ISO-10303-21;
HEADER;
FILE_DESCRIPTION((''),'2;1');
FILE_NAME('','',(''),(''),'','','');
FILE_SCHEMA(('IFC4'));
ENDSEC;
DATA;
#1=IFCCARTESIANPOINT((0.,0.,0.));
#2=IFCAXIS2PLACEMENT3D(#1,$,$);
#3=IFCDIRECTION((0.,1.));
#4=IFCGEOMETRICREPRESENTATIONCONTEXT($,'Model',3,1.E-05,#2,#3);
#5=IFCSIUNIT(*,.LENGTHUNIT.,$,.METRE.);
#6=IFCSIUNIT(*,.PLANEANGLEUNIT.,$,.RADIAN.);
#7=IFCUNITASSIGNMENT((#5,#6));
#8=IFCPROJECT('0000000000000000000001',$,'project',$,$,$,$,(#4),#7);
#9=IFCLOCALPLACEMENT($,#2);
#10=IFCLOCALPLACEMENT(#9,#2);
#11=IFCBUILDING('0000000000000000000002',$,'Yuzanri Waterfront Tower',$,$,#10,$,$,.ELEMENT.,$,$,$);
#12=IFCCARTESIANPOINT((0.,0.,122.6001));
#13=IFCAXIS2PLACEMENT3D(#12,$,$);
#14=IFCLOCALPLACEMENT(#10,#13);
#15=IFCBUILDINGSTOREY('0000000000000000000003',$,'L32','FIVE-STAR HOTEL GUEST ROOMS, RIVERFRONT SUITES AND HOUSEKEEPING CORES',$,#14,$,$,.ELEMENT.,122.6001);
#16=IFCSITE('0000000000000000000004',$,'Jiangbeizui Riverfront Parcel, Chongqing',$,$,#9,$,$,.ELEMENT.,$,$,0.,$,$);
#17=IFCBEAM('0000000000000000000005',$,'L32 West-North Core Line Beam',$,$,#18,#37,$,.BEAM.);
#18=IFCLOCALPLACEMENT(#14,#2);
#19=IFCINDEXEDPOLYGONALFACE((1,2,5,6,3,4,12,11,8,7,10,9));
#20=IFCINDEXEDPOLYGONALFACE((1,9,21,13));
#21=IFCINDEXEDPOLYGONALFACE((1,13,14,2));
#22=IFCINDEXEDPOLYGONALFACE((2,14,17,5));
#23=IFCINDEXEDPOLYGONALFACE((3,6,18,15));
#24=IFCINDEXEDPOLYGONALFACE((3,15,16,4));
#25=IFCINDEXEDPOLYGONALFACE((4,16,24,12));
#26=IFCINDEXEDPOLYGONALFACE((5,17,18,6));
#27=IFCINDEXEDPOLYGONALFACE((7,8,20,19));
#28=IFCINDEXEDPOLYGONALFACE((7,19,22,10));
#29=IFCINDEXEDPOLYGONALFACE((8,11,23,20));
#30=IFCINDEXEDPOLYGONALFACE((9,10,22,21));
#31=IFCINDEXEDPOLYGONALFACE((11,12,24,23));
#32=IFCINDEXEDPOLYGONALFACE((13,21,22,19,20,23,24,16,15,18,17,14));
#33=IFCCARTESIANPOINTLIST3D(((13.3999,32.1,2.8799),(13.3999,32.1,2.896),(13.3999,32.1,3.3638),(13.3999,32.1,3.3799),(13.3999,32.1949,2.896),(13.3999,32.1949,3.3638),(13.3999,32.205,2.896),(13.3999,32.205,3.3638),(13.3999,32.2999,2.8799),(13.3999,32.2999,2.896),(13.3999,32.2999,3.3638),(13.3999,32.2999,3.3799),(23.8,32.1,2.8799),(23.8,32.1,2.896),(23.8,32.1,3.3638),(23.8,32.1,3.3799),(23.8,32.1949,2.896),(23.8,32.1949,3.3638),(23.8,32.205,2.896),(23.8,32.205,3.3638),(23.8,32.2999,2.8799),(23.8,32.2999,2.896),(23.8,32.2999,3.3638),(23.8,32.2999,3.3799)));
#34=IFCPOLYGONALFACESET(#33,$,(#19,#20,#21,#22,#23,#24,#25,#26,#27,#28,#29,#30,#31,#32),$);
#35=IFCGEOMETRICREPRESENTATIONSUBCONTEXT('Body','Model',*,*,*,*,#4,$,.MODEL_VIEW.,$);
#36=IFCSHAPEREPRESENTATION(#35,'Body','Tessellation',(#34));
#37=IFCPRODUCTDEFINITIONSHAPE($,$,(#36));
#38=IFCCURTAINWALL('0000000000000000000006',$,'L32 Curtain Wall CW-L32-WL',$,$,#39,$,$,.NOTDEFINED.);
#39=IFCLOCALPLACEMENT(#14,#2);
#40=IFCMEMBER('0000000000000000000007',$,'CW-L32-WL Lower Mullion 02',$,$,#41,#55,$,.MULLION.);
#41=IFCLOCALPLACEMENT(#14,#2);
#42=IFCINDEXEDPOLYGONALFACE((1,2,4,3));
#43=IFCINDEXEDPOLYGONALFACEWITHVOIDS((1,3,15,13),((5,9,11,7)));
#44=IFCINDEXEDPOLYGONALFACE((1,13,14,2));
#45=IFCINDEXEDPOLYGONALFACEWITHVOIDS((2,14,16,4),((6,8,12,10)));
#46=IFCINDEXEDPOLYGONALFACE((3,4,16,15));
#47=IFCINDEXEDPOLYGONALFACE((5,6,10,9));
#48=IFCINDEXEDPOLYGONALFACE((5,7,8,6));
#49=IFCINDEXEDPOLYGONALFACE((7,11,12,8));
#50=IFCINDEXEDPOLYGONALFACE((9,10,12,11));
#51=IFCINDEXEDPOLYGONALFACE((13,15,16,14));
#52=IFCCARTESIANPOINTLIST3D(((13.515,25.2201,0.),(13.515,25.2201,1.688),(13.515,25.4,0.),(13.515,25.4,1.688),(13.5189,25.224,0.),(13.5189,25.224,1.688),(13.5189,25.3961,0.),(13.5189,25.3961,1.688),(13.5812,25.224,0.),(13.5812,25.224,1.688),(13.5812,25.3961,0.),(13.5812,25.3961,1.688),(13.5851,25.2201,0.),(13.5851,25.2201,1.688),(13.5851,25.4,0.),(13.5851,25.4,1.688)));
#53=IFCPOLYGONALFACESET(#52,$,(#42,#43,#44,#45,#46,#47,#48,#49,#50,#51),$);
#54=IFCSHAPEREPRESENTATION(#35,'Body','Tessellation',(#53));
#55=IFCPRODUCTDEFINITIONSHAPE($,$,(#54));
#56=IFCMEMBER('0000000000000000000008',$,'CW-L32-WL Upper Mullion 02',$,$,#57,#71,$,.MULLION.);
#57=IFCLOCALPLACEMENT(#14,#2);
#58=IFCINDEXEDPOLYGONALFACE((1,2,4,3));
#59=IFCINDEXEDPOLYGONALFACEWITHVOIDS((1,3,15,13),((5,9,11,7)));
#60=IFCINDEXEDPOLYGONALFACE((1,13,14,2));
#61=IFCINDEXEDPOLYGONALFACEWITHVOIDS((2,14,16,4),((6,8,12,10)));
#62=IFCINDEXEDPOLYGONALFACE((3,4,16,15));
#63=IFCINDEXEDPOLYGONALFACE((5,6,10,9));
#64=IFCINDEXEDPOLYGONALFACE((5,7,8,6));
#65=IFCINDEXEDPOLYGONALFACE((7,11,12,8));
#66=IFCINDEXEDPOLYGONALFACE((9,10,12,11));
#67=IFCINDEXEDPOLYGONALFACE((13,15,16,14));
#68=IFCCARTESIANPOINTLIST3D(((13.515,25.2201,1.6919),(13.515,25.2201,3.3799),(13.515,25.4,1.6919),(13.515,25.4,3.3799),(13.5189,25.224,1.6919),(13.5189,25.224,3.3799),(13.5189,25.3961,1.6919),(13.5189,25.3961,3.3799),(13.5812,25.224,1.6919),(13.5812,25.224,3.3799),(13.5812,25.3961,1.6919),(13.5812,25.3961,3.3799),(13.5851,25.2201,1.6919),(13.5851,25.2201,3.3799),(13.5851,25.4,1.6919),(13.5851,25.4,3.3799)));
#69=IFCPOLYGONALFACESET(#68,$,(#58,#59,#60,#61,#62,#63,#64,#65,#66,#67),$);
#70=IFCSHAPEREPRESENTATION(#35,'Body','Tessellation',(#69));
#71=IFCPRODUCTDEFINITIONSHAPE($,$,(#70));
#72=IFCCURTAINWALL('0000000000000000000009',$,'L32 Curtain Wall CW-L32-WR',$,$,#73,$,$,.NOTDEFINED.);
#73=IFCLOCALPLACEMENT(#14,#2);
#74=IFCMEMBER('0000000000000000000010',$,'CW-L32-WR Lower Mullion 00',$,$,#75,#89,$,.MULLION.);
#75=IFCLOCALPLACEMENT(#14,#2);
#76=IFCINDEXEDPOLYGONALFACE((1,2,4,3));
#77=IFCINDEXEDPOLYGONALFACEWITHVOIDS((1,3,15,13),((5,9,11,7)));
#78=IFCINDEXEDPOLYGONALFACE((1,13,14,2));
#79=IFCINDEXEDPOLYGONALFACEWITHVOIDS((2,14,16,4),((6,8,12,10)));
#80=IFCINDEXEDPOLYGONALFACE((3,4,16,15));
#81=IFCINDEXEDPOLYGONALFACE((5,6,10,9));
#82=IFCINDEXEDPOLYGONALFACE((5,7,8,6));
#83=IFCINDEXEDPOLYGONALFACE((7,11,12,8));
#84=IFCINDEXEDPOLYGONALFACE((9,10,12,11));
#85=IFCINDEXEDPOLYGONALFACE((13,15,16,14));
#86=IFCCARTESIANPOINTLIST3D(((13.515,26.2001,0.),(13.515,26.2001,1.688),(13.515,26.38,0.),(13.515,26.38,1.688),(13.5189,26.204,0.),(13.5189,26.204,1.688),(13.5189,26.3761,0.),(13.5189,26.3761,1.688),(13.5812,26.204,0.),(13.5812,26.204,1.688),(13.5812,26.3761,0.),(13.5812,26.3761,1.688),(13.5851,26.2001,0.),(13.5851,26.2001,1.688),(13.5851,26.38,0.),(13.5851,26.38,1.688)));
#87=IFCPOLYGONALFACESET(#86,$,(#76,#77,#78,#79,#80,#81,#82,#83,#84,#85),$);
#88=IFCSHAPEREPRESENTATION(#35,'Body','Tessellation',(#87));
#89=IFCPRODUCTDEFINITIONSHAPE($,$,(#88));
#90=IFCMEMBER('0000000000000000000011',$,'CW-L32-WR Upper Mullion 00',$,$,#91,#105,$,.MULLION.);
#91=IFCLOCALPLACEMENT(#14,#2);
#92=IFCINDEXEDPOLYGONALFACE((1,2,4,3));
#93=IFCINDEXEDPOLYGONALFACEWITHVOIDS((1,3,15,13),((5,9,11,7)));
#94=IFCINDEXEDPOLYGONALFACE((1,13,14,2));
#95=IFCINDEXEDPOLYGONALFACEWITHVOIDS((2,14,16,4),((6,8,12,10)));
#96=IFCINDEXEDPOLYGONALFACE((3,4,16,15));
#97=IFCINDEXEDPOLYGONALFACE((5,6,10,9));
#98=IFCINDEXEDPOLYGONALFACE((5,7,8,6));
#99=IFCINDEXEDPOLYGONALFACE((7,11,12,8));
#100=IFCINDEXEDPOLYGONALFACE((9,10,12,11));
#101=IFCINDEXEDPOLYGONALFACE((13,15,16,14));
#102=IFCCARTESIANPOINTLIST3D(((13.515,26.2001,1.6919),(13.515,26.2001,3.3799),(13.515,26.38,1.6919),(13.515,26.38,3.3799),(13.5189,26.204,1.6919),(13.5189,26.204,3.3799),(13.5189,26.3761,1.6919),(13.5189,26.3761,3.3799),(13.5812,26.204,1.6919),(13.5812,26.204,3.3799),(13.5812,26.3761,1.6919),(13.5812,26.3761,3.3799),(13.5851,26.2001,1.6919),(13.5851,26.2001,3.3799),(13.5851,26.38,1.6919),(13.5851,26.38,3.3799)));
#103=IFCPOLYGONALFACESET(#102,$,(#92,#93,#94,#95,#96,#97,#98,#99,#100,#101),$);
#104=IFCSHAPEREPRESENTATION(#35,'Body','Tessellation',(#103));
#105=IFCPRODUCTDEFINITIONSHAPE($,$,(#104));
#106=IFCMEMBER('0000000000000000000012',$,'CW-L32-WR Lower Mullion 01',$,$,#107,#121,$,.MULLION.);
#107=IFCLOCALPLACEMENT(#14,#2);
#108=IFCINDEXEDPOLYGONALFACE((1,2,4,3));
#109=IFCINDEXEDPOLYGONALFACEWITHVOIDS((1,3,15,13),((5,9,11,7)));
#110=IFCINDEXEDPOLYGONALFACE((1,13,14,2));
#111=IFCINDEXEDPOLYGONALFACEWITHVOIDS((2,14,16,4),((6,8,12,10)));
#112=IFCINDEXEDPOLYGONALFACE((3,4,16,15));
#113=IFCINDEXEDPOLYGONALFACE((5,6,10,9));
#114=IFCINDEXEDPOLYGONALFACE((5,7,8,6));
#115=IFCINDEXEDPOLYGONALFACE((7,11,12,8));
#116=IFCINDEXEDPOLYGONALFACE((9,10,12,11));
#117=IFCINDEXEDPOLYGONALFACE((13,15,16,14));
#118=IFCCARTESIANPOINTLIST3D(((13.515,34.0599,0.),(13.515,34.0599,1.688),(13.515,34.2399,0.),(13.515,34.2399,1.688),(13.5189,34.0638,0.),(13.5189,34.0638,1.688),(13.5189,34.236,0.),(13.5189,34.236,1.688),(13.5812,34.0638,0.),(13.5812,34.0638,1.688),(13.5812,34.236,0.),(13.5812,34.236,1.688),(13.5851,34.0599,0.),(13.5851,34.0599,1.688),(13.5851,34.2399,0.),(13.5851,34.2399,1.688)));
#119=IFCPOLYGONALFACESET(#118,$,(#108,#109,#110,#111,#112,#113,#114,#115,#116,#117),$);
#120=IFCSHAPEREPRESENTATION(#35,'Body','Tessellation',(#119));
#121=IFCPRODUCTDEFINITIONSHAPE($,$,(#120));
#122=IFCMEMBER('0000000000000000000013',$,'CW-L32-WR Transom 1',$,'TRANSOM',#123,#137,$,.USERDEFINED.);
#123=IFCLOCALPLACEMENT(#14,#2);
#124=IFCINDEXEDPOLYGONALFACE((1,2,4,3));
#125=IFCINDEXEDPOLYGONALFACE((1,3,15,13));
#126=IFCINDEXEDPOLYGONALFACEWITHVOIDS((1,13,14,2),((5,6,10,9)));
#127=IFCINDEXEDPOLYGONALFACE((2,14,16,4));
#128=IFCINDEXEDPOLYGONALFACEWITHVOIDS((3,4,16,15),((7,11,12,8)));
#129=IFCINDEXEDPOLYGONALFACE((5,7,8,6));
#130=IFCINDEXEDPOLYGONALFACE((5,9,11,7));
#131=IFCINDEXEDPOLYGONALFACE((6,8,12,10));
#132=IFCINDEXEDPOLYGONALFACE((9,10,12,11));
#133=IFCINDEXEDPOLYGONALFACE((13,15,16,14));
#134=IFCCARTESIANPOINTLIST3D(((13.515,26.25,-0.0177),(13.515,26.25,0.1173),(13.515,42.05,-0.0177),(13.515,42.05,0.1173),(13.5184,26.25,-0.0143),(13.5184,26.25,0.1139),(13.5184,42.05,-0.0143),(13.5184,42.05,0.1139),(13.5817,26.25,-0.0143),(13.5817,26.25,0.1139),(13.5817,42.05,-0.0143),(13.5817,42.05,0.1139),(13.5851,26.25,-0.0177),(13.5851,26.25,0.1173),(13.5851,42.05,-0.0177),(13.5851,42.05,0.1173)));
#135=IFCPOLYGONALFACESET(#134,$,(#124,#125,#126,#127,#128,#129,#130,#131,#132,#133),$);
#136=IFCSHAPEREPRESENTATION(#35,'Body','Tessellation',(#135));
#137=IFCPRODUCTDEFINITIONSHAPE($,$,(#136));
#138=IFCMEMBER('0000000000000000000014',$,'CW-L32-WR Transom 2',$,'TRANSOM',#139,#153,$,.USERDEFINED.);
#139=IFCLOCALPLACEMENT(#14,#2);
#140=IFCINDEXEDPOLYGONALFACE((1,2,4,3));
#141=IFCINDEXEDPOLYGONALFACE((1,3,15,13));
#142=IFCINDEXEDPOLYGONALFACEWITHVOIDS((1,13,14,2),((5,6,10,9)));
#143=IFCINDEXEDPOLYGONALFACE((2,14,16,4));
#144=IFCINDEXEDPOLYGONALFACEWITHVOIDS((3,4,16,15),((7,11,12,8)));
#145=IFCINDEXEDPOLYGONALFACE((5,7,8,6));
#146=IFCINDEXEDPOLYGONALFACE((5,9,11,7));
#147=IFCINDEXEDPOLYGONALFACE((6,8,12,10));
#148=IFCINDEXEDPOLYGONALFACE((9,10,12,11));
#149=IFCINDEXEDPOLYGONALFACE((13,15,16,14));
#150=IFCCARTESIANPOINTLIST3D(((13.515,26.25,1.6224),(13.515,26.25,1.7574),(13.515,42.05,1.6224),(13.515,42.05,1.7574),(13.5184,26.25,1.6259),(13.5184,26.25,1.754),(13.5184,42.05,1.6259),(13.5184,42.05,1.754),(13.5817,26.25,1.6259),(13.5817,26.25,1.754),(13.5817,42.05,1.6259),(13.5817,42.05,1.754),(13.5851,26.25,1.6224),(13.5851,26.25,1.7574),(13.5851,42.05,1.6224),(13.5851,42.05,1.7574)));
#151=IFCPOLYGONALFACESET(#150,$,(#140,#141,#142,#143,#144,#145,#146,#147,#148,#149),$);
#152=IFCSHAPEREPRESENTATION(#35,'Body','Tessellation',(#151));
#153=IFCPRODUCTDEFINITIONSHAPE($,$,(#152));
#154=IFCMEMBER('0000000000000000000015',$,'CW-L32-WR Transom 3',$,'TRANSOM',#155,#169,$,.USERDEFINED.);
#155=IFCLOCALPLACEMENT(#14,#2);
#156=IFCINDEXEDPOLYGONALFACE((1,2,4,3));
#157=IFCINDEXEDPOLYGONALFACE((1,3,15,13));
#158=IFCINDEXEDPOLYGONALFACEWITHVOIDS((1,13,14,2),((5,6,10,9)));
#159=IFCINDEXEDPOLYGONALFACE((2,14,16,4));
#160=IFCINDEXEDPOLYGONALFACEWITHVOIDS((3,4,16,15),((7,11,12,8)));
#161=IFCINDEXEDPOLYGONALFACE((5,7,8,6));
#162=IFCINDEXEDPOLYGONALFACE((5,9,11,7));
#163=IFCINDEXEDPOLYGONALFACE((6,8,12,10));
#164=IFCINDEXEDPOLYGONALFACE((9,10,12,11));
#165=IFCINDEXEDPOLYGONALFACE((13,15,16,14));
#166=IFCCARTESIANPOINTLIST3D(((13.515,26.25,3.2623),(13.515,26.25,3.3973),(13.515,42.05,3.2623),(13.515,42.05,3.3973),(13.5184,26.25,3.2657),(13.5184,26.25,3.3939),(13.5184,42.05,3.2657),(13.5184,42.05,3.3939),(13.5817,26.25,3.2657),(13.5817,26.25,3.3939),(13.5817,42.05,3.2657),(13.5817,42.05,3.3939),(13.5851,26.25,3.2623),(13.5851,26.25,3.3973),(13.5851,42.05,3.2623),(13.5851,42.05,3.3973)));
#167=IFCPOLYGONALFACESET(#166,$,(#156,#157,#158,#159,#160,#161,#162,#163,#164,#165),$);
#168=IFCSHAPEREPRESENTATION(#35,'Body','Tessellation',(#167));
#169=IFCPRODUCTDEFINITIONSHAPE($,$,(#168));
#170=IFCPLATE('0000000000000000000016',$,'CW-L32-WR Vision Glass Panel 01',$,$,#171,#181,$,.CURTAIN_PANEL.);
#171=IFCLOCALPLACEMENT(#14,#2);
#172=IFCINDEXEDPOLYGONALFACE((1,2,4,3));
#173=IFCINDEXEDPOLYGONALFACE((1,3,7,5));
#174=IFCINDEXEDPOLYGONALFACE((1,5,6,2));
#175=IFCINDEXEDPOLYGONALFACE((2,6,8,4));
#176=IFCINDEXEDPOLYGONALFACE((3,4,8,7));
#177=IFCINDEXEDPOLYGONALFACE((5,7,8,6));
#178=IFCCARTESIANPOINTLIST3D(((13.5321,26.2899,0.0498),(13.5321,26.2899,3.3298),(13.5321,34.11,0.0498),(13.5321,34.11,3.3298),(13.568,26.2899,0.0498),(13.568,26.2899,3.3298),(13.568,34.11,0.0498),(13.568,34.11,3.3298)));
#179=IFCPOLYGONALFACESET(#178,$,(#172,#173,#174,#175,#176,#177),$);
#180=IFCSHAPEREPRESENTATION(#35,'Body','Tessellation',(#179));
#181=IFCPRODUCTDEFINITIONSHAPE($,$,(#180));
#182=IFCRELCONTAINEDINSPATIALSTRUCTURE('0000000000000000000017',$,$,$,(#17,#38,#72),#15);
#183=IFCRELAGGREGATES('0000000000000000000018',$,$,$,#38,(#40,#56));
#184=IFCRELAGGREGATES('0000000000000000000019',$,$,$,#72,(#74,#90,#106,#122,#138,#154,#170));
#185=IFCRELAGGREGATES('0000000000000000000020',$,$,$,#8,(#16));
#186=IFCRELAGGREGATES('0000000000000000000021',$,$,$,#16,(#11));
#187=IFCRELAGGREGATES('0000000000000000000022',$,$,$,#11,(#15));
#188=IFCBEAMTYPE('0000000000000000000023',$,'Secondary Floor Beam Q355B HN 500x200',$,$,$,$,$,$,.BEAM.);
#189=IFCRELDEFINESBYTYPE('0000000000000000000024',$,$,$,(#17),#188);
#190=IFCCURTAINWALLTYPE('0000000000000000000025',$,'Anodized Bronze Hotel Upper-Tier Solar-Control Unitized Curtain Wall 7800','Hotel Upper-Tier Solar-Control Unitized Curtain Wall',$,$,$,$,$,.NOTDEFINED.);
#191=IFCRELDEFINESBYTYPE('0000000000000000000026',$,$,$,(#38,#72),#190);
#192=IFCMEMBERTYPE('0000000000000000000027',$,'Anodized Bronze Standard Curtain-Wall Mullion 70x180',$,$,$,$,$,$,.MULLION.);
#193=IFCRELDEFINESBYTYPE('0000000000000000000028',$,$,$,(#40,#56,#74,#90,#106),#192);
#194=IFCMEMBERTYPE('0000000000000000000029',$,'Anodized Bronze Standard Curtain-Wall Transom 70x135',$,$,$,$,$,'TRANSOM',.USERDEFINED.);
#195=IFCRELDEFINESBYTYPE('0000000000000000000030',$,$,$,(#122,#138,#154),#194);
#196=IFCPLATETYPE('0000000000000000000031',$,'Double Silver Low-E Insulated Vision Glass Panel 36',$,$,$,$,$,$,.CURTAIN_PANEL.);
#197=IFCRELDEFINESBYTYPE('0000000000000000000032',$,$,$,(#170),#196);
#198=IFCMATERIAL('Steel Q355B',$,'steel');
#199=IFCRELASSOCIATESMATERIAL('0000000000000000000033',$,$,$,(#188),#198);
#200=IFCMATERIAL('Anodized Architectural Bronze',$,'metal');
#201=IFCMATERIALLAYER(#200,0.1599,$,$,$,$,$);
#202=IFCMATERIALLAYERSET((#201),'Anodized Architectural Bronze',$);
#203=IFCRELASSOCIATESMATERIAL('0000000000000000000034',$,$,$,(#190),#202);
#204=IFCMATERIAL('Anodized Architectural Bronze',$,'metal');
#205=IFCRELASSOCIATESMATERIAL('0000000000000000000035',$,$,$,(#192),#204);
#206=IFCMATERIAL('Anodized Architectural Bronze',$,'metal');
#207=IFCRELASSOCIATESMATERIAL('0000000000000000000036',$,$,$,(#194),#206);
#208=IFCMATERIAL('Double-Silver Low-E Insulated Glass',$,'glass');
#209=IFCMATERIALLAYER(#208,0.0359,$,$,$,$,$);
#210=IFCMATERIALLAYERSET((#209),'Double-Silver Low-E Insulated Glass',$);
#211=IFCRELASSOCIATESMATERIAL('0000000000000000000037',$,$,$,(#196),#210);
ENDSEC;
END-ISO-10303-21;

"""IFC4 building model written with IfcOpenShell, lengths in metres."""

from ifc_helpers import new_model, si_unit, direction, frame, origin, origin_2d, place, context, subcontext, project, spatial, rectangle, hollow_rectangle, i_section, extrude, source, transform, mapped, material, layer, layer_set, material_profile, profile_set, type_object, element, aggregate, save


model = new_model("IFC4")

# Units and contexts
model_context = context("Model", 3, precision=1e-05, world=origin(), true_north=direction((0.0, 1.0)))
body_context = subcontext(model_context, "Body", "Model", "MODEL_VIEW")
ifc_project = project(units=[si_unit("LENGTHUNIT", "METRE"), si_unit("PLANEANGLEUNIT", "RADIAN")], contexts=[model_context])

# Site, building, storey
site_placement = place(None, origin())
site = spatial("IfcSite", under=ifc_project, at=site_placement, Name="Jiangbeizui Riverfront Parcel, Chongqing", CompositionType="ELEMENT", RefElevation=0.0)
building_placement = place(site_placement, origin())
building = spatial("IfcBuilding", under=site, at=building_placement, Name="Yuzanri Waterfront Tower", CompositionType="ELEMENT")
storey_placement = place(building_placement, frame((0.0, 0.0, 122.6001)))
storey = spatial("IfcBuildingStorey", under=building, at=storey_placement, Name="L32", Description="FIVE-STAR HOTEL GUEST ROOMS, RIVERFRONT SUITES AND HOUSEKEEPING CORES", CompositionType="ELEMENT", Elevation=122.6001)

# Beam
ifc_material_1 = material(Name="Steel Q355B", Category="steel")
ifc_material_profile_1 = material_profile(ifc_material_1, i_section(OverallWidth=0.2, OverallDepth=0.5, WebThickness=0.01, FlangeThickness=0.0161, at=origin_2d()), Name="HN 500x200x10x16")
ifc_profile_set_1 = profile_set([ifc_material_profile_1], Name="Steel Q355B")
beam_type_1 = type_object("IfcBeamType", Name="Secondary Floor Beam Q355B HN 500x200", PredefinedType="BEAM", material=ifc_profile_set_1)
shared_shape_1 = source(origin(), body_context, "Body", "SweptSolid", [
    extrude(i_section(OverallWidth=0.2, OverallDepth=0.5, WebThickness=0.01, FlangeThickness=0.0161, at=origin_2d()), origin(), (0.0, 0.0, 1.0), 10.4001),
])
beam_1_placement = place(storey_placement, frame((23.8, 32.2, 3.1299), z_axis=(-1.0, 0.0, 0.0), x_axis=(0.0, -1.0, 0.0)))
element("IfcBeam", 1, at=beam_1_placement, inside=storey, type_object=beam_type_1, Name="L32 West-North Core Line Beam", PredefinedType="BEAM", context=body_context, shape_type="MappedRepresentation", body=[
    mapped(shared_shape_1, transform((0.0, 0.0, 0.0), scale=1.0)),
])

# Curtain wall, members
ifc_material_2 = material(Name="Anodized Architectural Bronze", Category="metal")
ifc_layer_1 = layer(ifc_material_2, 0.1599)
ifc_layer_set_1 = layer_set([ifc_layer_1], Name="Anodized Architectural Bronze")
curtain_wall_type = type_object("IfcCurtainWallType", Name="Anodized Bronze Hotel Upper-Tier Solar-Control Unitized Curtain Wall 7800", Description="Hotel Upper-Tier Solar-Control Unitized Curtain Wall", PredefinedType="NOTDEFINED", material=ifc_layer_set_1)
curtain_wall_1_placement = place(storey_placement, origin())
curtain_wall_1 = element("IfcCurtainWall", 2, at=curtain_wall_1_placement, inside=storey, type_object=curtain_wall_type, Name="L32 Curtain Wall CW-L32-WL", PredefinedType="NOTDEFINED")
ifc_material_3 = material(Name="Anodized Architectural Bronze", Category="metal")
ifc_material_profile_2 = material_profile(ifc_material_3, hollow_rectangle(XDim=0.0701, YDim=0.1799, WallThickness=0.0039, at=origin_2d()), Name="CWM 70x180")
ifc_profile_set_2 = profile_set([ifc_material_profile_2], Name="Anodized Architectural Bronze")
member_type_1 = type_object("IfcMemberType", Name="Anodized Bronze Standard Curtain-Wall Mullion 70x180", PredefinedType="MULLION", material=ifc_profile_set_2)
shared_shape_2 = source(origin(), body_context, "Body", "SweptSolid", [
    extrude(hollow_rectangle(XDim=0.0701, YDim=0.1799, WallThickness=0.0039, at=origin_2d()), origin(), (0.0, 0.0, 1.0), 1.688),
])
member_1_placement = place(storey_placement, frame((13.55, 25.3101, 0.0), z_axis=(0.0, 0.0, 1.0), x_axis=(1.0, 0.0, 0.0)))
member_1 = element("IfcMember", 3, at=member_1_placement, type_object=member_type_1, Name="CW-L32-WL Lower Mullion 02", PredefinedType="MULLION", context=body_context, shape_type="MappedRepresentation", body=[
    mapped(shared_shape_2, transform((0.0, 0.0, 0.0), scale=1.0)),
])
member_2_placement = place(storey_placement, frame((13.55, 25.3101, 1.6919), z_axis=(0.0, 0.0, 1.0), x_axis=(1.0, 0.0, 0.0)))
member_2 = element("IfcMember", 4, at=member_2_placement, type_object=member_type_1, Name="CW-L32-WL Upper Mullion 02", PredefinedType="MULLION", context=body_context, shape_type="MappedRepresentation", body=[
    mapped(shared_shape_2, transform((0.0, 0.0, 0.0), scale=1.0)),
])
aggregate(curtain_wall_1, [member_1, member_2])

# Curtain wall, members, plate
curtain_wall_2_placement = place(storey_placement, origin())
curtain_wall_2 = element("IfcCurtainWall", 5, at=curtain_wall_2_placement, inside=storey, type_object=curtain_wall_type, Name="L32 Curtain Wall CW-L32-WR", PredefinedType="NOTDEFINED")
member_3_placement = place(storey_placement, frame((13.55, 26.29, 0.0), z_axis=(0.0, 0.0, 1.0), x_axis=(1.0, 0.0, 0.0)))
member_3 = element("IfcMember", 6, at=member_3_placement, type_object=member_type_1, Name="CW-L32-WR Lower Mullion 00", PredefinedType="MULLION", context=body_context, shape_type="MappedRepresentation", body=[
    mapped(shared_shape_2, transform((0.0, 0.0, 0.0), scale=1.0)),
])
member_4_placement = place(storey_placement, frame((13.55, 26.29, 1.6919), z_axis=(0.0, 0.0, 1.0), x_axis=(1.0, 0.0, 0.0)))
member_4 = element("IfcMember", 7, at=member_4_placement, type_object=member_type_1, Name="CW-L32-WR Upper Mullion 00", PredefinedType="MULLION", context=body_context, shape_type="MappedRepresentation", body=[
    mapped(shared_shape_2, transform((0.0, 0.0, 0.0), scale=1.0)),
])
member_5_placement = place(storey_placement, frame((13.55, 34.1499, 0.0), z_axis=(0.0, 0.0, 1.0), x_axis=(1.0, 0.0, 0.0)))
member_5 = element("IfcMember", 8, at=member_5_placement, type_object=member_type_1, Name="CW-L32-WR Lower Mullion 01", PredefinedType="MULLION", context=body_context, shape_type="MappedRepresentation", body=[
    mapped(shared_shape_2, transform((0.0, 0.0, 0.0), scale=1.0)),
])
ifc_material_4 = material(Name="Anodized Architectural Bronze", Category="metal")
ifc_material_profile_3 = material_profile(ifc_material_4, hollow_rectangle(XDim=0.0701, YDim=0.135, WallThickness=0.0034, at=origin_2d()), Name="CWT 70x135")
ifc_profile_set_3 = profile_set([ifc_material_profile_3], Name="Anodized Architectural Bronze")
member_type_2 = type_object("IfcMemberType", Name="Anodized Bronze Standard Curtain-Wall Transom 70x135", ElementType="TRANSOM", PredefinedType="USERDEFINED", material=ifc_profile_set_3)
shared_shape_3 = source(origin(), body_context, "Body", "SweptSolid", [
    extrude(hollow_rectangle(XDim=0.0701, YDim=0.135, WallThickness=0.0034, at=origin_2d()), origin(), (0.0, 0.0, 1.0), 15.8),
])
member_6_placement = place(storey_placement, frame((13.55, 26.25, 0.0498), z_axis=(0.0, 1.0, 0.0), x_axis=(-1.0, 0.0, 0.0)))
member_6 = element("IfcMember", 9, at=member_6_placement, type_object=member_type_2, Name="CW-L32-WR Transom 1", ObjectType="TRANSOM", PredefinedType="USERDEFINED", context=body_context, shape_type="MappedRepresentation", body=[
    mapped(shared_shape_3, transform((0.0, 0.0, 0.0), scale=1.0)),
])
member_7_placement = place(storey_placement, frame((13.55, 26.25, 1.6899), z_axis=(0.0, 1.0, 0.0), x_axis=(-1.0, 0.0, 0.0)))
member_7 = element("IfcMember", 10, at=member_7_placement, type_object=member_type_2, Name="CW-L32-WR Transom 2", ObjectType="TRANSOM", PredefinedType="USERDEFINED", context=body_context, shape_type="MappedRepresentation", body=[
    mapped(shared_shape_3, transform((0.0, 0.0, 0.0), scale=1.0)),
])
member_8_placement = place(storey_placement, frame((13.55, 26.25, 3.3298), z_axis=(0.0, 1.0, 0.0), x_axis=(-1.0, 0.0, 0.0)))
member_8 = element("IfcMember", 11, at=member_8_placement, type_object=member_type_2, Name="CW-L32-WR Transom 3", ObjectType="TRANSOM", PredefinedType="USERDEFINED", context=body_context, shape_type="MappedRepresentation", body=[
    mapped(shared_shape_3, transform((0.0, 0.0, 0.0), scale=1.0)),
])
ifc_material_5 = material(Name="Double-Silver Low-E Insulated Glass", Category="glass")
ifc_layer_2 = layer(ifc_material_5, 0.0359)
ifc_layer_set_2 = layer_set([ifc_layer_2], Name="Double-Silver Low-E Insulated Glass")
plate_type = type_object("IfcPlateType", Name="Double Silver Low-E Insulated Vision Glass Panel 36", PredefinedType="CURTAIN_PANEL", material=ifc_layer_set_2)
shared_shape_4 = source(origin(), body_context, "Body", "SweptSolid", [
    extrude(rectangle(XDim=7.8201, YDim=0.0359, at=origin_2d()), origin(), (0.0, 0.0, 1.0), 3.28),
])
plate_placement = place(storey_placement, frame((13.55, 30.2, 0.0498), z_axis=(0.0, 0.0, 1.0), x_axis=(0.0, 1.0, 0.0)))
plate = element("IfcPlate", 12, at=plate_placement, type_object=plate_type, Name="CW-L32-WR Vision Glass Panel 01", PredefinedType="CURTAIN_PANEL", context=body_context, shape_type="MappedRepresentation", body=[
    mapped(shared_shape_4, transform((0.0, 0.0, 0.0), scale=1.0)),
])
aggregate(curtain_wall_2, [member_3, member_4, member_5, member_6, member_7, member_8, plate])

save(model, "model.ifc")
